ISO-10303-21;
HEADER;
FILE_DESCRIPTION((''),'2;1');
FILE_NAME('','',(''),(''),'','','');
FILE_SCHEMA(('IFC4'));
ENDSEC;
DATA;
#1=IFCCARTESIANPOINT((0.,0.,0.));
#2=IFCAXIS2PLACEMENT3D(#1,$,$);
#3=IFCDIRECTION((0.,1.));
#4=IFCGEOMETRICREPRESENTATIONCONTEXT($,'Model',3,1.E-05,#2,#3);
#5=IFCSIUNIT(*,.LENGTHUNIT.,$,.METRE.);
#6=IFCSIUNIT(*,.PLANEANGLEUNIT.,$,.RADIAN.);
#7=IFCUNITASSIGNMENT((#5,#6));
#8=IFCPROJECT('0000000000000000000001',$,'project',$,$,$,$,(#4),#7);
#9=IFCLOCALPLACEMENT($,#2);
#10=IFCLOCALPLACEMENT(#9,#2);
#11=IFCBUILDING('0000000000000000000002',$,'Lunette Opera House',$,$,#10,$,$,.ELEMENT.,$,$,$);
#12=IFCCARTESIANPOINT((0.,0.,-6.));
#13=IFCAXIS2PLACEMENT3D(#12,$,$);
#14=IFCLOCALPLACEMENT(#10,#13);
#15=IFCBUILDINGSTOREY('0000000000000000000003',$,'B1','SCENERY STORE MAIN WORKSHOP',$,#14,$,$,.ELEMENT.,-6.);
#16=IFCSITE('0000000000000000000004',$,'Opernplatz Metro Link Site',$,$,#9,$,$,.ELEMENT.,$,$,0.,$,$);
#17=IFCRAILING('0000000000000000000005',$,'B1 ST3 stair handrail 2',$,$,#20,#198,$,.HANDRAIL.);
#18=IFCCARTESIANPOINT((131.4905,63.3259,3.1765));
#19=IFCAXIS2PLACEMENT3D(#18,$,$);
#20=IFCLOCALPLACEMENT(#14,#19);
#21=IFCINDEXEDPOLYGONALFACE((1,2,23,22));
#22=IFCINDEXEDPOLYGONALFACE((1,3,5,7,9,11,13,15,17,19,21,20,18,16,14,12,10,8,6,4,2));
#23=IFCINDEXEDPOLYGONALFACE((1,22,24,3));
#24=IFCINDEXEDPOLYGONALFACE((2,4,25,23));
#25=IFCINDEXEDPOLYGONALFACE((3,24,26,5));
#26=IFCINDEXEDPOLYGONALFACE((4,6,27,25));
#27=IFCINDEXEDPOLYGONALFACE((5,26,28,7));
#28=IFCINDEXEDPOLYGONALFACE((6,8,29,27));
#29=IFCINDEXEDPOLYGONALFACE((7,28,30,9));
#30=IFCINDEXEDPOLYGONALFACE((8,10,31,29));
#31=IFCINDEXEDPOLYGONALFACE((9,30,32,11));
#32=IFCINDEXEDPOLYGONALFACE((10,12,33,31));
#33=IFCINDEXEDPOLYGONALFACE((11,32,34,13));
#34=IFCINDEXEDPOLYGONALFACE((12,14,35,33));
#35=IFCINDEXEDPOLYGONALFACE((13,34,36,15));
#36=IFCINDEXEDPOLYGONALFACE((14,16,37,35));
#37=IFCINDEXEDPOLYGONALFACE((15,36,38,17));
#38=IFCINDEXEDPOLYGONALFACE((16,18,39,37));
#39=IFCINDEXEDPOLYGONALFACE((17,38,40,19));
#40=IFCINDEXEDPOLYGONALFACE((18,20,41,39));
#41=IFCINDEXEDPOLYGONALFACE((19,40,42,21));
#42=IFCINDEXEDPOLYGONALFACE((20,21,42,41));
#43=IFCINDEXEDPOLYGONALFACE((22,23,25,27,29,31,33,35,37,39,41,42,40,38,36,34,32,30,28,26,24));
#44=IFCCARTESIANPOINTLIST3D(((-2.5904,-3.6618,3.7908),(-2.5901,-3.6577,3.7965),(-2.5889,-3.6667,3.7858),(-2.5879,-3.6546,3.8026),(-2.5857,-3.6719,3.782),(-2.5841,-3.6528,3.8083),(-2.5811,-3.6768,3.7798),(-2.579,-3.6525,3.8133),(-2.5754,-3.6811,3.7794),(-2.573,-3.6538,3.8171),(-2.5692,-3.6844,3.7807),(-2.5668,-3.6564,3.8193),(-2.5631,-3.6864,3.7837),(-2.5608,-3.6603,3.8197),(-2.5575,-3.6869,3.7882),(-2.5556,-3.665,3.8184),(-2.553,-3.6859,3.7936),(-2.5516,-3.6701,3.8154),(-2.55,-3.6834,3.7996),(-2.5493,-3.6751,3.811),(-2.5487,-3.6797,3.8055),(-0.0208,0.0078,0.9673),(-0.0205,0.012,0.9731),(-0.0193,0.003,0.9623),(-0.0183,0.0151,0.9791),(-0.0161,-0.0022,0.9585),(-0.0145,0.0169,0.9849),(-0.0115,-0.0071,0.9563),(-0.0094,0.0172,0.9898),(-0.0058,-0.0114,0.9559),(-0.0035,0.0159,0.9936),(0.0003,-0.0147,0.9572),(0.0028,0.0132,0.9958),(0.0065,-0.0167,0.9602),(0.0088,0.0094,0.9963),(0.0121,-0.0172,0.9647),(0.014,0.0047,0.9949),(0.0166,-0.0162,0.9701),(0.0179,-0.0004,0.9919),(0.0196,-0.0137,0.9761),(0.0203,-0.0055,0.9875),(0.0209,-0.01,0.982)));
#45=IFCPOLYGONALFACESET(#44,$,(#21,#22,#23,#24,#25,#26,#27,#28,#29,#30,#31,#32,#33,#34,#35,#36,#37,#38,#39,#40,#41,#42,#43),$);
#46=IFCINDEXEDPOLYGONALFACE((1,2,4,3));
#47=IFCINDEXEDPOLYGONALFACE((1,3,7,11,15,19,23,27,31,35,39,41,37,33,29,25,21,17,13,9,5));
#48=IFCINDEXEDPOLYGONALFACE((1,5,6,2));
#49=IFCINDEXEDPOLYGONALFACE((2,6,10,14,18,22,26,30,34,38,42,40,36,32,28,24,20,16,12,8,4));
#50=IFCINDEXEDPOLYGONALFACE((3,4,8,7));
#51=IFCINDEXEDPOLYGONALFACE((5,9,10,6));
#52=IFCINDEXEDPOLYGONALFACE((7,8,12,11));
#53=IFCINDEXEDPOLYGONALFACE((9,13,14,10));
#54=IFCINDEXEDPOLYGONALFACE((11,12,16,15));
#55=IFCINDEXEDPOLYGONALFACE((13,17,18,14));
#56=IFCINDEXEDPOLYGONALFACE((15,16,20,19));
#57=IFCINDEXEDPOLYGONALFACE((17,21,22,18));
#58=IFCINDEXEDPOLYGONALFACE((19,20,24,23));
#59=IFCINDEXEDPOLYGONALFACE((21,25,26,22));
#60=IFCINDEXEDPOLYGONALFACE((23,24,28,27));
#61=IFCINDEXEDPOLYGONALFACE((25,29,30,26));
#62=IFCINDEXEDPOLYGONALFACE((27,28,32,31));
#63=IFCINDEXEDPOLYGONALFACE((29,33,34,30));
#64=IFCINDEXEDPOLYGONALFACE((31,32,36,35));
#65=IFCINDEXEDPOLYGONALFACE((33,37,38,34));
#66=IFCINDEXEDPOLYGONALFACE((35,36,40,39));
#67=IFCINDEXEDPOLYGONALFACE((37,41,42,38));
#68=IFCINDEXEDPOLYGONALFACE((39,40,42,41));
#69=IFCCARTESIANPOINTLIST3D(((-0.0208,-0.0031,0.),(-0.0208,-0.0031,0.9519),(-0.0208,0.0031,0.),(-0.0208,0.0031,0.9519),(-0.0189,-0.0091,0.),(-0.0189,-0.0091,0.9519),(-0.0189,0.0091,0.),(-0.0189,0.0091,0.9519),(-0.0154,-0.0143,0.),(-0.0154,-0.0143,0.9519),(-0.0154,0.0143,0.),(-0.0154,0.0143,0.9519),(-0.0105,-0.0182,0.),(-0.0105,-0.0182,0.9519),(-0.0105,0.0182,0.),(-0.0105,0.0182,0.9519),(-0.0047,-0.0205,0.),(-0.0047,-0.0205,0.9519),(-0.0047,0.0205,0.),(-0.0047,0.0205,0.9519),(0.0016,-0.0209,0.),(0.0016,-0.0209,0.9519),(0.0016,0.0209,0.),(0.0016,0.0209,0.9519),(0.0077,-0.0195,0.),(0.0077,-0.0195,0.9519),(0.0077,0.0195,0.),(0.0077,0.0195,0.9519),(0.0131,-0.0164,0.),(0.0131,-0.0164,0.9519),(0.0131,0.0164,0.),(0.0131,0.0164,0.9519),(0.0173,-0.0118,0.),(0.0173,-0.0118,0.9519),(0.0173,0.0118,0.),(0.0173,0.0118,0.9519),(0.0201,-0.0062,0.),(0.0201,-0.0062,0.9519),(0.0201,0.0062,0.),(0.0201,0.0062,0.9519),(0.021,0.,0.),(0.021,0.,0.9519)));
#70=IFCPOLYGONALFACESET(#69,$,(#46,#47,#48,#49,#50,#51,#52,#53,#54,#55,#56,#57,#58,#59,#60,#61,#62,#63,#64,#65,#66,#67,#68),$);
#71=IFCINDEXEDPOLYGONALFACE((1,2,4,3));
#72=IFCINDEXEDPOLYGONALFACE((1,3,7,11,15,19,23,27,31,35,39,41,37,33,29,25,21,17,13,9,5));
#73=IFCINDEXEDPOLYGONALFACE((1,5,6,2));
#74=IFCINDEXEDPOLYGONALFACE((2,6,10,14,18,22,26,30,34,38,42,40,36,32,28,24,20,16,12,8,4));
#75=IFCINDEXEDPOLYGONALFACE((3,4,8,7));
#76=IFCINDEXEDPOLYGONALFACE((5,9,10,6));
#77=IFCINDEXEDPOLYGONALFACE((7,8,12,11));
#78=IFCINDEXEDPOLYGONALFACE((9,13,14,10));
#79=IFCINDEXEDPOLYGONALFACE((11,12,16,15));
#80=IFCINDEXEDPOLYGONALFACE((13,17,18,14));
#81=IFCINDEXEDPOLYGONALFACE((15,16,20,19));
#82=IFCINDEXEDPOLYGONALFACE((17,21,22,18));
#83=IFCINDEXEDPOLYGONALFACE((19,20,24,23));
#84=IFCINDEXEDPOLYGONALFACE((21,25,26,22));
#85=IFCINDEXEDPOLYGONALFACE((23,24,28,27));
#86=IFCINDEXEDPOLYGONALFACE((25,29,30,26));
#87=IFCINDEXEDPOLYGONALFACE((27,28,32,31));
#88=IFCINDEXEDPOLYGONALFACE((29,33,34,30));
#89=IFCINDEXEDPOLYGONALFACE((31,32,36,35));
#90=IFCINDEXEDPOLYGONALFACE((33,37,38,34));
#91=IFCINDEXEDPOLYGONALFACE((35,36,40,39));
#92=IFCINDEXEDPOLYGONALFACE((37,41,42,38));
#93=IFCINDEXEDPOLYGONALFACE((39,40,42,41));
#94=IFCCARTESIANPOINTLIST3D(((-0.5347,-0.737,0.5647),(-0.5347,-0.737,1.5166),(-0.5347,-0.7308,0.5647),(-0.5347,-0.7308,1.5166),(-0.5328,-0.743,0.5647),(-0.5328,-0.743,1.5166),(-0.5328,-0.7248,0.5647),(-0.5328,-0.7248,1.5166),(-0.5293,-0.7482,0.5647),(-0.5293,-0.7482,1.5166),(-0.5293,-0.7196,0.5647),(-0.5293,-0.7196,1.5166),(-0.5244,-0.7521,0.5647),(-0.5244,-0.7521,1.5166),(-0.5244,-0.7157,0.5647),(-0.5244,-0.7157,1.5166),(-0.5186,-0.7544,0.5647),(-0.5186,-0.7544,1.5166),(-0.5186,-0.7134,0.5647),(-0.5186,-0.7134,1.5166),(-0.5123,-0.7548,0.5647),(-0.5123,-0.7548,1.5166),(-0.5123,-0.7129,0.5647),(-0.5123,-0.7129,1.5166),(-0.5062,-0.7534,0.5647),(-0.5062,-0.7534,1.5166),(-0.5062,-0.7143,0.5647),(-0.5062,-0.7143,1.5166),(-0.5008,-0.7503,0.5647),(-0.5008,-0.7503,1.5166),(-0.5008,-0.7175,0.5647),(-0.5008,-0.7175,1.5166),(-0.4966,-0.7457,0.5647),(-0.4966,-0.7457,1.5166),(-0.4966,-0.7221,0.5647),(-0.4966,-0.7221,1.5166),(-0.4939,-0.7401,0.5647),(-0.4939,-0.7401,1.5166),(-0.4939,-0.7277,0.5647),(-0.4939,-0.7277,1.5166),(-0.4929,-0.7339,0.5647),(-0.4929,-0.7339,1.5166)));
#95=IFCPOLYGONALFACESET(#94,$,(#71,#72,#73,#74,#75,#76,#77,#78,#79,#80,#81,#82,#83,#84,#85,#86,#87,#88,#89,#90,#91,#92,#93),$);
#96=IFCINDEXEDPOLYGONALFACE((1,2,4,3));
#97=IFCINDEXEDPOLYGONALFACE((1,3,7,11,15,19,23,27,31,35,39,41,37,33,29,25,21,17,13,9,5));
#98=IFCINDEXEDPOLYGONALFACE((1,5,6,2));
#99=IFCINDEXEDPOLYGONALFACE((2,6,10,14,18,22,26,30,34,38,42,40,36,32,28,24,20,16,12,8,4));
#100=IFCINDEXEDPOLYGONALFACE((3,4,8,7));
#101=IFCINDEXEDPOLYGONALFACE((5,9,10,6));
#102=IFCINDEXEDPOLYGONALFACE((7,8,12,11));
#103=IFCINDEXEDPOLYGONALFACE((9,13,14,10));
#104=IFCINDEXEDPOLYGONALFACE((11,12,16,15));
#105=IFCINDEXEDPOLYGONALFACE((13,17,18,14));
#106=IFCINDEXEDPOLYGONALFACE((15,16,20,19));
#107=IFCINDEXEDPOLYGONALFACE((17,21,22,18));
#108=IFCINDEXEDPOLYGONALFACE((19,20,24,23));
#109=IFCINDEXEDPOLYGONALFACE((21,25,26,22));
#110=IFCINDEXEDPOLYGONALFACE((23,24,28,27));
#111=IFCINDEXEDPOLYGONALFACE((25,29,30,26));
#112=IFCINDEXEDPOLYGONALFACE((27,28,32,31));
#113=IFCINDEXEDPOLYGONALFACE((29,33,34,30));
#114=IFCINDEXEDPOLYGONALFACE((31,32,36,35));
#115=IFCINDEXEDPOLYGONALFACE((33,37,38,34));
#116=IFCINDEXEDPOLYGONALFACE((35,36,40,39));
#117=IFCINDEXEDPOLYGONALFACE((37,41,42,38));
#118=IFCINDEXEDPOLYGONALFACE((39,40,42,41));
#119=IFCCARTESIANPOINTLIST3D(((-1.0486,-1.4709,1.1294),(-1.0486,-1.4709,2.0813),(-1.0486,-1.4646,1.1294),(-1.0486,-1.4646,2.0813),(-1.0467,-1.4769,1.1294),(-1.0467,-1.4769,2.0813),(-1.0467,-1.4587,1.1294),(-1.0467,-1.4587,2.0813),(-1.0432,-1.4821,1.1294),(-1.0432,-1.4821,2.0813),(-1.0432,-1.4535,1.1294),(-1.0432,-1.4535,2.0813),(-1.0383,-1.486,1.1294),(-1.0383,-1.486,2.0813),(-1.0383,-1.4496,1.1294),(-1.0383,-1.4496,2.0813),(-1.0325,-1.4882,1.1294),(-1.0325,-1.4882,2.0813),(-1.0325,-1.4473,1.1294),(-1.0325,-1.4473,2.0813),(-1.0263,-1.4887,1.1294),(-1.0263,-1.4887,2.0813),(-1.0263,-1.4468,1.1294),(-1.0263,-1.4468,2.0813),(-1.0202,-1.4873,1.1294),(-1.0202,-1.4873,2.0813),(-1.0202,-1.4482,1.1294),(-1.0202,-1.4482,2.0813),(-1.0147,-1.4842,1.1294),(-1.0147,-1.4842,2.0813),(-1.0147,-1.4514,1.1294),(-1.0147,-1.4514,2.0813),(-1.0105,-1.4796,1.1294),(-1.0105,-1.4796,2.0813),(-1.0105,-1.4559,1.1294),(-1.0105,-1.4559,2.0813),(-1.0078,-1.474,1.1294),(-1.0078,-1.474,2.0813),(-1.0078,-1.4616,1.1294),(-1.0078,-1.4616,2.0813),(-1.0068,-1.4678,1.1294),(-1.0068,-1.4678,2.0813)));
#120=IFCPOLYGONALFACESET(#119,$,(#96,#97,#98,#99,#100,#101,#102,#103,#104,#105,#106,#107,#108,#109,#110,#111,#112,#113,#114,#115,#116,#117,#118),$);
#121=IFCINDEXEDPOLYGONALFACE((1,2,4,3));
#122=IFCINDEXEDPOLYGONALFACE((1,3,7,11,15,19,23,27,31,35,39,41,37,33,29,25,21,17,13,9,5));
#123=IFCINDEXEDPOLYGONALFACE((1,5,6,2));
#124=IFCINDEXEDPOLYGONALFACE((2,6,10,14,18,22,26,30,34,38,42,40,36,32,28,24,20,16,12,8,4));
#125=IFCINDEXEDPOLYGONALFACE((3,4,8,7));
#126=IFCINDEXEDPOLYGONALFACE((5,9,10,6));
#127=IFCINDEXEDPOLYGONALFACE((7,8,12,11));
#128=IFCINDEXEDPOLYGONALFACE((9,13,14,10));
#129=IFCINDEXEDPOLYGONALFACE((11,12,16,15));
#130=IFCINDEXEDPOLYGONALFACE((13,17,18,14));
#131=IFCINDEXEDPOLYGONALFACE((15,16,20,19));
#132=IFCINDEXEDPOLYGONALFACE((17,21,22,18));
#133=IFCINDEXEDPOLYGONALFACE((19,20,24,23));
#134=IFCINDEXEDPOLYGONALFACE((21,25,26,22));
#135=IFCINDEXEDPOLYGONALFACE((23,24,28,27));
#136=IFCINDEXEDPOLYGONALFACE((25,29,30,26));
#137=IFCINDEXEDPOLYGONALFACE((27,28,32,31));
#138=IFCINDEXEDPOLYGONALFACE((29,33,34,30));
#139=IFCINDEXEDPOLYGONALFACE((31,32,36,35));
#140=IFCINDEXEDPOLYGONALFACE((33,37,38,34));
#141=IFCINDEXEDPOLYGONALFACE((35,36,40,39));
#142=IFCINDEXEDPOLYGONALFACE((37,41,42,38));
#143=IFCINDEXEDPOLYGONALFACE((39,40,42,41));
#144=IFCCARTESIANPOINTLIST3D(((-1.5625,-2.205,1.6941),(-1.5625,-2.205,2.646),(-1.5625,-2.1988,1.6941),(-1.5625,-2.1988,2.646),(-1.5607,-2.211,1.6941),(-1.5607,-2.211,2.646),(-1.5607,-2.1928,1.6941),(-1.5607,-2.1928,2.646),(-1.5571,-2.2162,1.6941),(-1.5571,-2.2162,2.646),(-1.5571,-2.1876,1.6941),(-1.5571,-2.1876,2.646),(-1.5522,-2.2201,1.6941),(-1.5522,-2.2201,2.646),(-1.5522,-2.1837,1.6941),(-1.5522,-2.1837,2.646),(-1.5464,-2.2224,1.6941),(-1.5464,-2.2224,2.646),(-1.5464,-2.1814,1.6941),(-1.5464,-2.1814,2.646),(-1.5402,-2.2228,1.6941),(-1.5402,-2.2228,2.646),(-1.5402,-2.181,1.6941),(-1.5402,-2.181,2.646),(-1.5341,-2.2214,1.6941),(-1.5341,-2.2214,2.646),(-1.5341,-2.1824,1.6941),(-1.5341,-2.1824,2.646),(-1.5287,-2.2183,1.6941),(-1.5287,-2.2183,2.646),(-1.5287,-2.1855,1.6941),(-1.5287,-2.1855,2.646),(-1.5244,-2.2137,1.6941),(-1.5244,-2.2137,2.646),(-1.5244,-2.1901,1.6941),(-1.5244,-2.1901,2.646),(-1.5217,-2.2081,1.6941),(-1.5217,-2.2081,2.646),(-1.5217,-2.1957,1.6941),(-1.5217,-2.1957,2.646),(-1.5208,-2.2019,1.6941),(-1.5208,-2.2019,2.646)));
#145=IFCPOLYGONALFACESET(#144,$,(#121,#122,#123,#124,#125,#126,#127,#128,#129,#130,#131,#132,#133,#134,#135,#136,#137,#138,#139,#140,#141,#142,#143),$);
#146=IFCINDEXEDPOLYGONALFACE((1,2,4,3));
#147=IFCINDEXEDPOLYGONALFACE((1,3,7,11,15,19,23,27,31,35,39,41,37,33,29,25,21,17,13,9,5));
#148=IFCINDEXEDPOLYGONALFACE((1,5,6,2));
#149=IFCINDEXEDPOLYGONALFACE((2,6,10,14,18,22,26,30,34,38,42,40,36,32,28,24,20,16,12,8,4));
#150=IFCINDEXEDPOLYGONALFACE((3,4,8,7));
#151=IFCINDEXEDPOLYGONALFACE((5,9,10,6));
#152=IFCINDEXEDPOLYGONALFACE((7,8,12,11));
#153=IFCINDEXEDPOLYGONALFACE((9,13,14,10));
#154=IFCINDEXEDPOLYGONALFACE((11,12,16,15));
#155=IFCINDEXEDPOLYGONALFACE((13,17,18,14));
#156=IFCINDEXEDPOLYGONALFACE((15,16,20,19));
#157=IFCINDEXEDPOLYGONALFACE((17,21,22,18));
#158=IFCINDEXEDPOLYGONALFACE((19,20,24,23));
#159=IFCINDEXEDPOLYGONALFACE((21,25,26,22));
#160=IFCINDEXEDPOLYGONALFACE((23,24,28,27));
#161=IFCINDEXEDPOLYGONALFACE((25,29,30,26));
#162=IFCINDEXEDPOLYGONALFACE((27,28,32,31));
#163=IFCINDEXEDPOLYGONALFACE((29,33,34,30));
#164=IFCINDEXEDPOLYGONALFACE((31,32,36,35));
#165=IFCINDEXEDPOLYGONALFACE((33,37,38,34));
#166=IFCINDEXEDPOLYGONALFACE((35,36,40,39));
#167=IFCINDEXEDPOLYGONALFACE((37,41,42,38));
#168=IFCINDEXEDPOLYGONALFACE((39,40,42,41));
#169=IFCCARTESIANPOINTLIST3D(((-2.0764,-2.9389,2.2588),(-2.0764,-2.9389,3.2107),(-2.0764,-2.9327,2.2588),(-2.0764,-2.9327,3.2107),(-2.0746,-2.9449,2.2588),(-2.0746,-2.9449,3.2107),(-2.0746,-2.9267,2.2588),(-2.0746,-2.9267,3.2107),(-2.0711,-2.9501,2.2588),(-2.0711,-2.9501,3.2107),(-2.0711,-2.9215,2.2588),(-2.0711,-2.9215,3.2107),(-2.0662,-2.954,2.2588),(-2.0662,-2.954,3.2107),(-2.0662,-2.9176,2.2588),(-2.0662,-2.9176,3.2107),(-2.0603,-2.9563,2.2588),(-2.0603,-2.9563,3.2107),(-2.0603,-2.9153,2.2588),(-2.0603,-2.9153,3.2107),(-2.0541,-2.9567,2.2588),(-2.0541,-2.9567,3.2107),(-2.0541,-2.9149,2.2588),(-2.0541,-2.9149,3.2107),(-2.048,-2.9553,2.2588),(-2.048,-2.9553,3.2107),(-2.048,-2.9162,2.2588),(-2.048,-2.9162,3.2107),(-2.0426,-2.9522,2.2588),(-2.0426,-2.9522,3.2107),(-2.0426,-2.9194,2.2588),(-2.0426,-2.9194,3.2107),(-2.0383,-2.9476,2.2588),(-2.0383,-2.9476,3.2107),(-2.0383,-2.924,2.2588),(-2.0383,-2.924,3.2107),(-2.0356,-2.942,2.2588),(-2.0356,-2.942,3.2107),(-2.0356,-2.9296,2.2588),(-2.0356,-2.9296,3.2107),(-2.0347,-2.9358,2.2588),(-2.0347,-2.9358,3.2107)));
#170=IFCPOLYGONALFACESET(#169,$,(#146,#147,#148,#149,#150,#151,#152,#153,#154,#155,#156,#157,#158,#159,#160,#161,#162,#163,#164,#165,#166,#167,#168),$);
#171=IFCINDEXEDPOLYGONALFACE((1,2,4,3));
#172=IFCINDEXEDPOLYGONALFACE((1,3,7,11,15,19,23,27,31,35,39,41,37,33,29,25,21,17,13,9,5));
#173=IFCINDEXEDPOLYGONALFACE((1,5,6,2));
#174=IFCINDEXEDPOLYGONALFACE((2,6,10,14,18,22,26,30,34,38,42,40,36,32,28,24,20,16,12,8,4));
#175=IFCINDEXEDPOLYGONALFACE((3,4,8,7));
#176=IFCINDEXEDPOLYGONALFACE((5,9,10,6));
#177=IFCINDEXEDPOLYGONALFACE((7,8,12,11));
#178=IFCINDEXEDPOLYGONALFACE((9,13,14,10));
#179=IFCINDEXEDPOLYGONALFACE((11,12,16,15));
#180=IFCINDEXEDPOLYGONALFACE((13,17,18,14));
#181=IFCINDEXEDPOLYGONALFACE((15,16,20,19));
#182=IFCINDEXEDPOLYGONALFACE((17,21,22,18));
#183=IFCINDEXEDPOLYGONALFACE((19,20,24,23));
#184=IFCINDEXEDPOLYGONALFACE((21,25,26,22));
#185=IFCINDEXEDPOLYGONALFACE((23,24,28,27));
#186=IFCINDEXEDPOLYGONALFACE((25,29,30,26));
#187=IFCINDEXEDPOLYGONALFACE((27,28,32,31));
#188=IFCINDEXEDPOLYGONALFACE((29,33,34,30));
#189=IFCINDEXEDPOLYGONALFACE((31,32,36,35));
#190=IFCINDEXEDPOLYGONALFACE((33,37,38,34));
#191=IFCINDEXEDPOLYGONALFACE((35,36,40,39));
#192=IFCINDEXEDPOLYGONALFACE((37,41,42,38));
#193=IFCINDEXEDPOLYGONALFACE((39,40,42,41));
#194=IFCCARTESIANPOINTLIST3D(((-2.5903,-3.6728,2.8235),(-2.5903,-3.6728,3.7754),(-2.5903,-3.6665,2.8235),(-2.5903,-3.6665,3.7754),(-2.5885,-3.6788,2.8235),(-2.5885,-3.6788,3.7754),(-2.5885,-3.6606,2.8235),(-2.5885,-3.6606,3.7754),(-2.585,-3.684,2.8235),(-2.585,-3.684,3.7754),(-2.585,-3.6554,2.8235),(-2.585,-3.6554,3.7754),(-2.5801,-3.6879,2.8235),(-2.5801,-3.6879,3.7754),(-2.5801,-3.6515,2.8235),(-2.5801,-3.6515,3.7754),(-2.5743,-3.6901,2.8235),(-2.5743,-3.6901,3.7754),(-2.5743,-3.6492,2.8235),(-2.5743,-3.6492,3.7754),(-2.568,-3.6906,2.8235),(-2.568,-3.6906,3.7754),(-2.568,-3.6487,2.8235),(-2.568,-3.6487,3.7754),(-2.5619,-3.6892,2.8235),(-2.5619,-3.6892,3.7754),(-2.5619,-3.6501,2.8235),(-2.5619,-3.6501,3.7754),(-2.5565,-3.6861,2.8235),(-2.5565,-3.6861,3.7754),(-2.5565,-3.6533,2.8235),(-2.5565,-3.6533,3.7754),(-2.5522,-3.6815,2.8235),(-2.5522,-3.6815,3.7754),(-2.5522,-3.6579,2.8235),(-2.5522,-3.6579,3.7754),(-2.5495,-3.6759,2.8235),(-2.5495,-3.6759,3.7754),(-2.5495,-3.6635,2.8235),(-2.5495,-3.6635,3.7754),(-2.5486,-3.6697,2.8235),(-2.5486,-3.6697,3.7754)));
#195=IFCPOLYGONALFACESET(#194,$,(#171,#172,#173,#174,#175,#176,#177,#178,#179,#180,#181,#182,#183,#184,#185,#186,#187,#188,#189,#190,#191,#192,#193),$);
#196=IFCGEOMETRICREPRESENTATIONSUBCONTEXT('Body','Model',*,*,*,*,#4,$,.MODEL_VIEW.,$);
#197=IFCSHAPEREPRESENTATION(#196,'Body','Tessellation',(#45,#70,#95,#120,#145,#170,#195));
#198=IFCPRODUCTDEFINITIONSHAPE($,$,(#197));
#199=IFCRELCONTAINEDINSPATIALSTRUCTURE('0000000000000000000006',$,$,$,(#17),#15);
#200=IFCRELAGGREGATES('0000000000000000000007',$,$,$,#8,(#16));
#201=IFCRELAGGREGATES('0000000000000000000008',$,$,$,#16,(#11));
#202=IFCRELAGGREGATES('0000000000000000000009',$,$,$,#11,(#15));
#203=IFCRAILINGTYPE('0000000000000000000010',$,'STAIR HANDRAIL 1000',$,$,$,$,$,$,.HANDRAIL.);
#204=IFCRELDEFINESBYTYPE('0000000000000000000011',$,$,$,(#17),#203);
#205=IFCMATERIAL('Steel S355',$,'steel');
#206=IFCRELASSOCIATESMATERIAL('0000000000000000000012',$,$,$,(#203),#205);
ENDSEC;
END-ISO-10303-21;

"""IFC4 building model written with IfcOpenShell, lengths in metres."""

from ifc_helpers import new_model, si_unit, direction, frame, origin, origin_2d, place, context, subcontext, project, spatial, circle, extrude, material, type_object, element, save


model = new_model("IFC4")

# Units and contexts
model_context = context("Model", 3, precision=1e-05, world=origin(), true_north=direction((0.0, 1.0)))
body_context = subcontext(model_context, "Body", "Model", "MODEL_VIEW")
ifc_project = project(units=[si_unit("LENGTHUNIT", "METRE"), si_unit("PLANEANGLEUNIT", "RADIAN")], contexts=[model_context])

# Site, building, storey
site_placement = place(None, origin())
site = spatial("IfcSite", under=ifc_project, at=site_placement, Name="Opernplatz Metro Link Site", CompositionType="ELEMENT", RefElevation=0.0)
building_placement = place(site_placement, origin())
building = spatial("IfcBuilding", under=site, at=building_placement, Name="Lunette Opera House", CompositionType="ELEMENT")
storey_placement = place(building_placement, frame((0.0, 0.0, -6.0)))
storey = spatial("IfcBuildingStorey", under=building, at=storey_placement, Name="B1", Description="SCENERY STORE MAIN WORKSHOP", CompositionType="ELEMENT", Elevation=-6.0)

# Railing
ifc_material_1 = material(Name="Steel S355", Category="steel")
railing_type_1 = type_object("IfcRailingType", Name="STAIR HANDRAIL 1000", PredefinedType="HANDRAIL", material=ifc_material_1)
railing_1_placement = place(storey_placement, frame((131.4905, 63.3259, 3.1765)))
element("IfcRailing", 1, at=railing_1_placement, inside=storey, type_object=railing_type_1, Name="B1 ST3 stair handrail 2", PredefinedType="HANDRAIL", context=body_context, shape_type="SweptSolid", body=[
    extrude(circle(Radius=0.0239, at=origin_2d()), frame((0.0, 0.0, 0.9761), z_axis=(-0.485247, -0.692992, 0.533195), x_axis=(0.819147, -0.573583, 0.0)), (0.0, 0.0, 1.0), 5.2954),
    extrude(circle(Radius=0.021, at=origin_2d()), origin(), (0.0, 0.0, 1.0), 0.9519),
    extrude(circle(Radius=0.021, at=origin_2d()), frame((-0.5139, -0.7339, 0.5647)), (0.0, 0.0, 1.0), 0.9519),
    extrude(circle(Radius=0.021, at=origin_2d()), frame((-1.0278, -1.4678, 1.1294)), (0.0, 0.0, 1.0), 0.9519),
    extrude(circle(Radius=0.021, at=origin_2d()), frame((-1.5417, -2.2019, 1.6941)), (0.0, 0.0, 1.0), 0.9519),
    extrude(circle(Radius=0.021, at=origin_2d()), frame((-2.0557, -2.9358, 2.2588)), (0.0, 0.0, 1.0), 0.9519),
    extrude(circle(Radius=0.021, at=origin_2d()), frame((-2.5696, -3.6697, 2.8235)), (0.0, 0.0, 1.0), 0.9519),
])

save(model, "model.ifc")
